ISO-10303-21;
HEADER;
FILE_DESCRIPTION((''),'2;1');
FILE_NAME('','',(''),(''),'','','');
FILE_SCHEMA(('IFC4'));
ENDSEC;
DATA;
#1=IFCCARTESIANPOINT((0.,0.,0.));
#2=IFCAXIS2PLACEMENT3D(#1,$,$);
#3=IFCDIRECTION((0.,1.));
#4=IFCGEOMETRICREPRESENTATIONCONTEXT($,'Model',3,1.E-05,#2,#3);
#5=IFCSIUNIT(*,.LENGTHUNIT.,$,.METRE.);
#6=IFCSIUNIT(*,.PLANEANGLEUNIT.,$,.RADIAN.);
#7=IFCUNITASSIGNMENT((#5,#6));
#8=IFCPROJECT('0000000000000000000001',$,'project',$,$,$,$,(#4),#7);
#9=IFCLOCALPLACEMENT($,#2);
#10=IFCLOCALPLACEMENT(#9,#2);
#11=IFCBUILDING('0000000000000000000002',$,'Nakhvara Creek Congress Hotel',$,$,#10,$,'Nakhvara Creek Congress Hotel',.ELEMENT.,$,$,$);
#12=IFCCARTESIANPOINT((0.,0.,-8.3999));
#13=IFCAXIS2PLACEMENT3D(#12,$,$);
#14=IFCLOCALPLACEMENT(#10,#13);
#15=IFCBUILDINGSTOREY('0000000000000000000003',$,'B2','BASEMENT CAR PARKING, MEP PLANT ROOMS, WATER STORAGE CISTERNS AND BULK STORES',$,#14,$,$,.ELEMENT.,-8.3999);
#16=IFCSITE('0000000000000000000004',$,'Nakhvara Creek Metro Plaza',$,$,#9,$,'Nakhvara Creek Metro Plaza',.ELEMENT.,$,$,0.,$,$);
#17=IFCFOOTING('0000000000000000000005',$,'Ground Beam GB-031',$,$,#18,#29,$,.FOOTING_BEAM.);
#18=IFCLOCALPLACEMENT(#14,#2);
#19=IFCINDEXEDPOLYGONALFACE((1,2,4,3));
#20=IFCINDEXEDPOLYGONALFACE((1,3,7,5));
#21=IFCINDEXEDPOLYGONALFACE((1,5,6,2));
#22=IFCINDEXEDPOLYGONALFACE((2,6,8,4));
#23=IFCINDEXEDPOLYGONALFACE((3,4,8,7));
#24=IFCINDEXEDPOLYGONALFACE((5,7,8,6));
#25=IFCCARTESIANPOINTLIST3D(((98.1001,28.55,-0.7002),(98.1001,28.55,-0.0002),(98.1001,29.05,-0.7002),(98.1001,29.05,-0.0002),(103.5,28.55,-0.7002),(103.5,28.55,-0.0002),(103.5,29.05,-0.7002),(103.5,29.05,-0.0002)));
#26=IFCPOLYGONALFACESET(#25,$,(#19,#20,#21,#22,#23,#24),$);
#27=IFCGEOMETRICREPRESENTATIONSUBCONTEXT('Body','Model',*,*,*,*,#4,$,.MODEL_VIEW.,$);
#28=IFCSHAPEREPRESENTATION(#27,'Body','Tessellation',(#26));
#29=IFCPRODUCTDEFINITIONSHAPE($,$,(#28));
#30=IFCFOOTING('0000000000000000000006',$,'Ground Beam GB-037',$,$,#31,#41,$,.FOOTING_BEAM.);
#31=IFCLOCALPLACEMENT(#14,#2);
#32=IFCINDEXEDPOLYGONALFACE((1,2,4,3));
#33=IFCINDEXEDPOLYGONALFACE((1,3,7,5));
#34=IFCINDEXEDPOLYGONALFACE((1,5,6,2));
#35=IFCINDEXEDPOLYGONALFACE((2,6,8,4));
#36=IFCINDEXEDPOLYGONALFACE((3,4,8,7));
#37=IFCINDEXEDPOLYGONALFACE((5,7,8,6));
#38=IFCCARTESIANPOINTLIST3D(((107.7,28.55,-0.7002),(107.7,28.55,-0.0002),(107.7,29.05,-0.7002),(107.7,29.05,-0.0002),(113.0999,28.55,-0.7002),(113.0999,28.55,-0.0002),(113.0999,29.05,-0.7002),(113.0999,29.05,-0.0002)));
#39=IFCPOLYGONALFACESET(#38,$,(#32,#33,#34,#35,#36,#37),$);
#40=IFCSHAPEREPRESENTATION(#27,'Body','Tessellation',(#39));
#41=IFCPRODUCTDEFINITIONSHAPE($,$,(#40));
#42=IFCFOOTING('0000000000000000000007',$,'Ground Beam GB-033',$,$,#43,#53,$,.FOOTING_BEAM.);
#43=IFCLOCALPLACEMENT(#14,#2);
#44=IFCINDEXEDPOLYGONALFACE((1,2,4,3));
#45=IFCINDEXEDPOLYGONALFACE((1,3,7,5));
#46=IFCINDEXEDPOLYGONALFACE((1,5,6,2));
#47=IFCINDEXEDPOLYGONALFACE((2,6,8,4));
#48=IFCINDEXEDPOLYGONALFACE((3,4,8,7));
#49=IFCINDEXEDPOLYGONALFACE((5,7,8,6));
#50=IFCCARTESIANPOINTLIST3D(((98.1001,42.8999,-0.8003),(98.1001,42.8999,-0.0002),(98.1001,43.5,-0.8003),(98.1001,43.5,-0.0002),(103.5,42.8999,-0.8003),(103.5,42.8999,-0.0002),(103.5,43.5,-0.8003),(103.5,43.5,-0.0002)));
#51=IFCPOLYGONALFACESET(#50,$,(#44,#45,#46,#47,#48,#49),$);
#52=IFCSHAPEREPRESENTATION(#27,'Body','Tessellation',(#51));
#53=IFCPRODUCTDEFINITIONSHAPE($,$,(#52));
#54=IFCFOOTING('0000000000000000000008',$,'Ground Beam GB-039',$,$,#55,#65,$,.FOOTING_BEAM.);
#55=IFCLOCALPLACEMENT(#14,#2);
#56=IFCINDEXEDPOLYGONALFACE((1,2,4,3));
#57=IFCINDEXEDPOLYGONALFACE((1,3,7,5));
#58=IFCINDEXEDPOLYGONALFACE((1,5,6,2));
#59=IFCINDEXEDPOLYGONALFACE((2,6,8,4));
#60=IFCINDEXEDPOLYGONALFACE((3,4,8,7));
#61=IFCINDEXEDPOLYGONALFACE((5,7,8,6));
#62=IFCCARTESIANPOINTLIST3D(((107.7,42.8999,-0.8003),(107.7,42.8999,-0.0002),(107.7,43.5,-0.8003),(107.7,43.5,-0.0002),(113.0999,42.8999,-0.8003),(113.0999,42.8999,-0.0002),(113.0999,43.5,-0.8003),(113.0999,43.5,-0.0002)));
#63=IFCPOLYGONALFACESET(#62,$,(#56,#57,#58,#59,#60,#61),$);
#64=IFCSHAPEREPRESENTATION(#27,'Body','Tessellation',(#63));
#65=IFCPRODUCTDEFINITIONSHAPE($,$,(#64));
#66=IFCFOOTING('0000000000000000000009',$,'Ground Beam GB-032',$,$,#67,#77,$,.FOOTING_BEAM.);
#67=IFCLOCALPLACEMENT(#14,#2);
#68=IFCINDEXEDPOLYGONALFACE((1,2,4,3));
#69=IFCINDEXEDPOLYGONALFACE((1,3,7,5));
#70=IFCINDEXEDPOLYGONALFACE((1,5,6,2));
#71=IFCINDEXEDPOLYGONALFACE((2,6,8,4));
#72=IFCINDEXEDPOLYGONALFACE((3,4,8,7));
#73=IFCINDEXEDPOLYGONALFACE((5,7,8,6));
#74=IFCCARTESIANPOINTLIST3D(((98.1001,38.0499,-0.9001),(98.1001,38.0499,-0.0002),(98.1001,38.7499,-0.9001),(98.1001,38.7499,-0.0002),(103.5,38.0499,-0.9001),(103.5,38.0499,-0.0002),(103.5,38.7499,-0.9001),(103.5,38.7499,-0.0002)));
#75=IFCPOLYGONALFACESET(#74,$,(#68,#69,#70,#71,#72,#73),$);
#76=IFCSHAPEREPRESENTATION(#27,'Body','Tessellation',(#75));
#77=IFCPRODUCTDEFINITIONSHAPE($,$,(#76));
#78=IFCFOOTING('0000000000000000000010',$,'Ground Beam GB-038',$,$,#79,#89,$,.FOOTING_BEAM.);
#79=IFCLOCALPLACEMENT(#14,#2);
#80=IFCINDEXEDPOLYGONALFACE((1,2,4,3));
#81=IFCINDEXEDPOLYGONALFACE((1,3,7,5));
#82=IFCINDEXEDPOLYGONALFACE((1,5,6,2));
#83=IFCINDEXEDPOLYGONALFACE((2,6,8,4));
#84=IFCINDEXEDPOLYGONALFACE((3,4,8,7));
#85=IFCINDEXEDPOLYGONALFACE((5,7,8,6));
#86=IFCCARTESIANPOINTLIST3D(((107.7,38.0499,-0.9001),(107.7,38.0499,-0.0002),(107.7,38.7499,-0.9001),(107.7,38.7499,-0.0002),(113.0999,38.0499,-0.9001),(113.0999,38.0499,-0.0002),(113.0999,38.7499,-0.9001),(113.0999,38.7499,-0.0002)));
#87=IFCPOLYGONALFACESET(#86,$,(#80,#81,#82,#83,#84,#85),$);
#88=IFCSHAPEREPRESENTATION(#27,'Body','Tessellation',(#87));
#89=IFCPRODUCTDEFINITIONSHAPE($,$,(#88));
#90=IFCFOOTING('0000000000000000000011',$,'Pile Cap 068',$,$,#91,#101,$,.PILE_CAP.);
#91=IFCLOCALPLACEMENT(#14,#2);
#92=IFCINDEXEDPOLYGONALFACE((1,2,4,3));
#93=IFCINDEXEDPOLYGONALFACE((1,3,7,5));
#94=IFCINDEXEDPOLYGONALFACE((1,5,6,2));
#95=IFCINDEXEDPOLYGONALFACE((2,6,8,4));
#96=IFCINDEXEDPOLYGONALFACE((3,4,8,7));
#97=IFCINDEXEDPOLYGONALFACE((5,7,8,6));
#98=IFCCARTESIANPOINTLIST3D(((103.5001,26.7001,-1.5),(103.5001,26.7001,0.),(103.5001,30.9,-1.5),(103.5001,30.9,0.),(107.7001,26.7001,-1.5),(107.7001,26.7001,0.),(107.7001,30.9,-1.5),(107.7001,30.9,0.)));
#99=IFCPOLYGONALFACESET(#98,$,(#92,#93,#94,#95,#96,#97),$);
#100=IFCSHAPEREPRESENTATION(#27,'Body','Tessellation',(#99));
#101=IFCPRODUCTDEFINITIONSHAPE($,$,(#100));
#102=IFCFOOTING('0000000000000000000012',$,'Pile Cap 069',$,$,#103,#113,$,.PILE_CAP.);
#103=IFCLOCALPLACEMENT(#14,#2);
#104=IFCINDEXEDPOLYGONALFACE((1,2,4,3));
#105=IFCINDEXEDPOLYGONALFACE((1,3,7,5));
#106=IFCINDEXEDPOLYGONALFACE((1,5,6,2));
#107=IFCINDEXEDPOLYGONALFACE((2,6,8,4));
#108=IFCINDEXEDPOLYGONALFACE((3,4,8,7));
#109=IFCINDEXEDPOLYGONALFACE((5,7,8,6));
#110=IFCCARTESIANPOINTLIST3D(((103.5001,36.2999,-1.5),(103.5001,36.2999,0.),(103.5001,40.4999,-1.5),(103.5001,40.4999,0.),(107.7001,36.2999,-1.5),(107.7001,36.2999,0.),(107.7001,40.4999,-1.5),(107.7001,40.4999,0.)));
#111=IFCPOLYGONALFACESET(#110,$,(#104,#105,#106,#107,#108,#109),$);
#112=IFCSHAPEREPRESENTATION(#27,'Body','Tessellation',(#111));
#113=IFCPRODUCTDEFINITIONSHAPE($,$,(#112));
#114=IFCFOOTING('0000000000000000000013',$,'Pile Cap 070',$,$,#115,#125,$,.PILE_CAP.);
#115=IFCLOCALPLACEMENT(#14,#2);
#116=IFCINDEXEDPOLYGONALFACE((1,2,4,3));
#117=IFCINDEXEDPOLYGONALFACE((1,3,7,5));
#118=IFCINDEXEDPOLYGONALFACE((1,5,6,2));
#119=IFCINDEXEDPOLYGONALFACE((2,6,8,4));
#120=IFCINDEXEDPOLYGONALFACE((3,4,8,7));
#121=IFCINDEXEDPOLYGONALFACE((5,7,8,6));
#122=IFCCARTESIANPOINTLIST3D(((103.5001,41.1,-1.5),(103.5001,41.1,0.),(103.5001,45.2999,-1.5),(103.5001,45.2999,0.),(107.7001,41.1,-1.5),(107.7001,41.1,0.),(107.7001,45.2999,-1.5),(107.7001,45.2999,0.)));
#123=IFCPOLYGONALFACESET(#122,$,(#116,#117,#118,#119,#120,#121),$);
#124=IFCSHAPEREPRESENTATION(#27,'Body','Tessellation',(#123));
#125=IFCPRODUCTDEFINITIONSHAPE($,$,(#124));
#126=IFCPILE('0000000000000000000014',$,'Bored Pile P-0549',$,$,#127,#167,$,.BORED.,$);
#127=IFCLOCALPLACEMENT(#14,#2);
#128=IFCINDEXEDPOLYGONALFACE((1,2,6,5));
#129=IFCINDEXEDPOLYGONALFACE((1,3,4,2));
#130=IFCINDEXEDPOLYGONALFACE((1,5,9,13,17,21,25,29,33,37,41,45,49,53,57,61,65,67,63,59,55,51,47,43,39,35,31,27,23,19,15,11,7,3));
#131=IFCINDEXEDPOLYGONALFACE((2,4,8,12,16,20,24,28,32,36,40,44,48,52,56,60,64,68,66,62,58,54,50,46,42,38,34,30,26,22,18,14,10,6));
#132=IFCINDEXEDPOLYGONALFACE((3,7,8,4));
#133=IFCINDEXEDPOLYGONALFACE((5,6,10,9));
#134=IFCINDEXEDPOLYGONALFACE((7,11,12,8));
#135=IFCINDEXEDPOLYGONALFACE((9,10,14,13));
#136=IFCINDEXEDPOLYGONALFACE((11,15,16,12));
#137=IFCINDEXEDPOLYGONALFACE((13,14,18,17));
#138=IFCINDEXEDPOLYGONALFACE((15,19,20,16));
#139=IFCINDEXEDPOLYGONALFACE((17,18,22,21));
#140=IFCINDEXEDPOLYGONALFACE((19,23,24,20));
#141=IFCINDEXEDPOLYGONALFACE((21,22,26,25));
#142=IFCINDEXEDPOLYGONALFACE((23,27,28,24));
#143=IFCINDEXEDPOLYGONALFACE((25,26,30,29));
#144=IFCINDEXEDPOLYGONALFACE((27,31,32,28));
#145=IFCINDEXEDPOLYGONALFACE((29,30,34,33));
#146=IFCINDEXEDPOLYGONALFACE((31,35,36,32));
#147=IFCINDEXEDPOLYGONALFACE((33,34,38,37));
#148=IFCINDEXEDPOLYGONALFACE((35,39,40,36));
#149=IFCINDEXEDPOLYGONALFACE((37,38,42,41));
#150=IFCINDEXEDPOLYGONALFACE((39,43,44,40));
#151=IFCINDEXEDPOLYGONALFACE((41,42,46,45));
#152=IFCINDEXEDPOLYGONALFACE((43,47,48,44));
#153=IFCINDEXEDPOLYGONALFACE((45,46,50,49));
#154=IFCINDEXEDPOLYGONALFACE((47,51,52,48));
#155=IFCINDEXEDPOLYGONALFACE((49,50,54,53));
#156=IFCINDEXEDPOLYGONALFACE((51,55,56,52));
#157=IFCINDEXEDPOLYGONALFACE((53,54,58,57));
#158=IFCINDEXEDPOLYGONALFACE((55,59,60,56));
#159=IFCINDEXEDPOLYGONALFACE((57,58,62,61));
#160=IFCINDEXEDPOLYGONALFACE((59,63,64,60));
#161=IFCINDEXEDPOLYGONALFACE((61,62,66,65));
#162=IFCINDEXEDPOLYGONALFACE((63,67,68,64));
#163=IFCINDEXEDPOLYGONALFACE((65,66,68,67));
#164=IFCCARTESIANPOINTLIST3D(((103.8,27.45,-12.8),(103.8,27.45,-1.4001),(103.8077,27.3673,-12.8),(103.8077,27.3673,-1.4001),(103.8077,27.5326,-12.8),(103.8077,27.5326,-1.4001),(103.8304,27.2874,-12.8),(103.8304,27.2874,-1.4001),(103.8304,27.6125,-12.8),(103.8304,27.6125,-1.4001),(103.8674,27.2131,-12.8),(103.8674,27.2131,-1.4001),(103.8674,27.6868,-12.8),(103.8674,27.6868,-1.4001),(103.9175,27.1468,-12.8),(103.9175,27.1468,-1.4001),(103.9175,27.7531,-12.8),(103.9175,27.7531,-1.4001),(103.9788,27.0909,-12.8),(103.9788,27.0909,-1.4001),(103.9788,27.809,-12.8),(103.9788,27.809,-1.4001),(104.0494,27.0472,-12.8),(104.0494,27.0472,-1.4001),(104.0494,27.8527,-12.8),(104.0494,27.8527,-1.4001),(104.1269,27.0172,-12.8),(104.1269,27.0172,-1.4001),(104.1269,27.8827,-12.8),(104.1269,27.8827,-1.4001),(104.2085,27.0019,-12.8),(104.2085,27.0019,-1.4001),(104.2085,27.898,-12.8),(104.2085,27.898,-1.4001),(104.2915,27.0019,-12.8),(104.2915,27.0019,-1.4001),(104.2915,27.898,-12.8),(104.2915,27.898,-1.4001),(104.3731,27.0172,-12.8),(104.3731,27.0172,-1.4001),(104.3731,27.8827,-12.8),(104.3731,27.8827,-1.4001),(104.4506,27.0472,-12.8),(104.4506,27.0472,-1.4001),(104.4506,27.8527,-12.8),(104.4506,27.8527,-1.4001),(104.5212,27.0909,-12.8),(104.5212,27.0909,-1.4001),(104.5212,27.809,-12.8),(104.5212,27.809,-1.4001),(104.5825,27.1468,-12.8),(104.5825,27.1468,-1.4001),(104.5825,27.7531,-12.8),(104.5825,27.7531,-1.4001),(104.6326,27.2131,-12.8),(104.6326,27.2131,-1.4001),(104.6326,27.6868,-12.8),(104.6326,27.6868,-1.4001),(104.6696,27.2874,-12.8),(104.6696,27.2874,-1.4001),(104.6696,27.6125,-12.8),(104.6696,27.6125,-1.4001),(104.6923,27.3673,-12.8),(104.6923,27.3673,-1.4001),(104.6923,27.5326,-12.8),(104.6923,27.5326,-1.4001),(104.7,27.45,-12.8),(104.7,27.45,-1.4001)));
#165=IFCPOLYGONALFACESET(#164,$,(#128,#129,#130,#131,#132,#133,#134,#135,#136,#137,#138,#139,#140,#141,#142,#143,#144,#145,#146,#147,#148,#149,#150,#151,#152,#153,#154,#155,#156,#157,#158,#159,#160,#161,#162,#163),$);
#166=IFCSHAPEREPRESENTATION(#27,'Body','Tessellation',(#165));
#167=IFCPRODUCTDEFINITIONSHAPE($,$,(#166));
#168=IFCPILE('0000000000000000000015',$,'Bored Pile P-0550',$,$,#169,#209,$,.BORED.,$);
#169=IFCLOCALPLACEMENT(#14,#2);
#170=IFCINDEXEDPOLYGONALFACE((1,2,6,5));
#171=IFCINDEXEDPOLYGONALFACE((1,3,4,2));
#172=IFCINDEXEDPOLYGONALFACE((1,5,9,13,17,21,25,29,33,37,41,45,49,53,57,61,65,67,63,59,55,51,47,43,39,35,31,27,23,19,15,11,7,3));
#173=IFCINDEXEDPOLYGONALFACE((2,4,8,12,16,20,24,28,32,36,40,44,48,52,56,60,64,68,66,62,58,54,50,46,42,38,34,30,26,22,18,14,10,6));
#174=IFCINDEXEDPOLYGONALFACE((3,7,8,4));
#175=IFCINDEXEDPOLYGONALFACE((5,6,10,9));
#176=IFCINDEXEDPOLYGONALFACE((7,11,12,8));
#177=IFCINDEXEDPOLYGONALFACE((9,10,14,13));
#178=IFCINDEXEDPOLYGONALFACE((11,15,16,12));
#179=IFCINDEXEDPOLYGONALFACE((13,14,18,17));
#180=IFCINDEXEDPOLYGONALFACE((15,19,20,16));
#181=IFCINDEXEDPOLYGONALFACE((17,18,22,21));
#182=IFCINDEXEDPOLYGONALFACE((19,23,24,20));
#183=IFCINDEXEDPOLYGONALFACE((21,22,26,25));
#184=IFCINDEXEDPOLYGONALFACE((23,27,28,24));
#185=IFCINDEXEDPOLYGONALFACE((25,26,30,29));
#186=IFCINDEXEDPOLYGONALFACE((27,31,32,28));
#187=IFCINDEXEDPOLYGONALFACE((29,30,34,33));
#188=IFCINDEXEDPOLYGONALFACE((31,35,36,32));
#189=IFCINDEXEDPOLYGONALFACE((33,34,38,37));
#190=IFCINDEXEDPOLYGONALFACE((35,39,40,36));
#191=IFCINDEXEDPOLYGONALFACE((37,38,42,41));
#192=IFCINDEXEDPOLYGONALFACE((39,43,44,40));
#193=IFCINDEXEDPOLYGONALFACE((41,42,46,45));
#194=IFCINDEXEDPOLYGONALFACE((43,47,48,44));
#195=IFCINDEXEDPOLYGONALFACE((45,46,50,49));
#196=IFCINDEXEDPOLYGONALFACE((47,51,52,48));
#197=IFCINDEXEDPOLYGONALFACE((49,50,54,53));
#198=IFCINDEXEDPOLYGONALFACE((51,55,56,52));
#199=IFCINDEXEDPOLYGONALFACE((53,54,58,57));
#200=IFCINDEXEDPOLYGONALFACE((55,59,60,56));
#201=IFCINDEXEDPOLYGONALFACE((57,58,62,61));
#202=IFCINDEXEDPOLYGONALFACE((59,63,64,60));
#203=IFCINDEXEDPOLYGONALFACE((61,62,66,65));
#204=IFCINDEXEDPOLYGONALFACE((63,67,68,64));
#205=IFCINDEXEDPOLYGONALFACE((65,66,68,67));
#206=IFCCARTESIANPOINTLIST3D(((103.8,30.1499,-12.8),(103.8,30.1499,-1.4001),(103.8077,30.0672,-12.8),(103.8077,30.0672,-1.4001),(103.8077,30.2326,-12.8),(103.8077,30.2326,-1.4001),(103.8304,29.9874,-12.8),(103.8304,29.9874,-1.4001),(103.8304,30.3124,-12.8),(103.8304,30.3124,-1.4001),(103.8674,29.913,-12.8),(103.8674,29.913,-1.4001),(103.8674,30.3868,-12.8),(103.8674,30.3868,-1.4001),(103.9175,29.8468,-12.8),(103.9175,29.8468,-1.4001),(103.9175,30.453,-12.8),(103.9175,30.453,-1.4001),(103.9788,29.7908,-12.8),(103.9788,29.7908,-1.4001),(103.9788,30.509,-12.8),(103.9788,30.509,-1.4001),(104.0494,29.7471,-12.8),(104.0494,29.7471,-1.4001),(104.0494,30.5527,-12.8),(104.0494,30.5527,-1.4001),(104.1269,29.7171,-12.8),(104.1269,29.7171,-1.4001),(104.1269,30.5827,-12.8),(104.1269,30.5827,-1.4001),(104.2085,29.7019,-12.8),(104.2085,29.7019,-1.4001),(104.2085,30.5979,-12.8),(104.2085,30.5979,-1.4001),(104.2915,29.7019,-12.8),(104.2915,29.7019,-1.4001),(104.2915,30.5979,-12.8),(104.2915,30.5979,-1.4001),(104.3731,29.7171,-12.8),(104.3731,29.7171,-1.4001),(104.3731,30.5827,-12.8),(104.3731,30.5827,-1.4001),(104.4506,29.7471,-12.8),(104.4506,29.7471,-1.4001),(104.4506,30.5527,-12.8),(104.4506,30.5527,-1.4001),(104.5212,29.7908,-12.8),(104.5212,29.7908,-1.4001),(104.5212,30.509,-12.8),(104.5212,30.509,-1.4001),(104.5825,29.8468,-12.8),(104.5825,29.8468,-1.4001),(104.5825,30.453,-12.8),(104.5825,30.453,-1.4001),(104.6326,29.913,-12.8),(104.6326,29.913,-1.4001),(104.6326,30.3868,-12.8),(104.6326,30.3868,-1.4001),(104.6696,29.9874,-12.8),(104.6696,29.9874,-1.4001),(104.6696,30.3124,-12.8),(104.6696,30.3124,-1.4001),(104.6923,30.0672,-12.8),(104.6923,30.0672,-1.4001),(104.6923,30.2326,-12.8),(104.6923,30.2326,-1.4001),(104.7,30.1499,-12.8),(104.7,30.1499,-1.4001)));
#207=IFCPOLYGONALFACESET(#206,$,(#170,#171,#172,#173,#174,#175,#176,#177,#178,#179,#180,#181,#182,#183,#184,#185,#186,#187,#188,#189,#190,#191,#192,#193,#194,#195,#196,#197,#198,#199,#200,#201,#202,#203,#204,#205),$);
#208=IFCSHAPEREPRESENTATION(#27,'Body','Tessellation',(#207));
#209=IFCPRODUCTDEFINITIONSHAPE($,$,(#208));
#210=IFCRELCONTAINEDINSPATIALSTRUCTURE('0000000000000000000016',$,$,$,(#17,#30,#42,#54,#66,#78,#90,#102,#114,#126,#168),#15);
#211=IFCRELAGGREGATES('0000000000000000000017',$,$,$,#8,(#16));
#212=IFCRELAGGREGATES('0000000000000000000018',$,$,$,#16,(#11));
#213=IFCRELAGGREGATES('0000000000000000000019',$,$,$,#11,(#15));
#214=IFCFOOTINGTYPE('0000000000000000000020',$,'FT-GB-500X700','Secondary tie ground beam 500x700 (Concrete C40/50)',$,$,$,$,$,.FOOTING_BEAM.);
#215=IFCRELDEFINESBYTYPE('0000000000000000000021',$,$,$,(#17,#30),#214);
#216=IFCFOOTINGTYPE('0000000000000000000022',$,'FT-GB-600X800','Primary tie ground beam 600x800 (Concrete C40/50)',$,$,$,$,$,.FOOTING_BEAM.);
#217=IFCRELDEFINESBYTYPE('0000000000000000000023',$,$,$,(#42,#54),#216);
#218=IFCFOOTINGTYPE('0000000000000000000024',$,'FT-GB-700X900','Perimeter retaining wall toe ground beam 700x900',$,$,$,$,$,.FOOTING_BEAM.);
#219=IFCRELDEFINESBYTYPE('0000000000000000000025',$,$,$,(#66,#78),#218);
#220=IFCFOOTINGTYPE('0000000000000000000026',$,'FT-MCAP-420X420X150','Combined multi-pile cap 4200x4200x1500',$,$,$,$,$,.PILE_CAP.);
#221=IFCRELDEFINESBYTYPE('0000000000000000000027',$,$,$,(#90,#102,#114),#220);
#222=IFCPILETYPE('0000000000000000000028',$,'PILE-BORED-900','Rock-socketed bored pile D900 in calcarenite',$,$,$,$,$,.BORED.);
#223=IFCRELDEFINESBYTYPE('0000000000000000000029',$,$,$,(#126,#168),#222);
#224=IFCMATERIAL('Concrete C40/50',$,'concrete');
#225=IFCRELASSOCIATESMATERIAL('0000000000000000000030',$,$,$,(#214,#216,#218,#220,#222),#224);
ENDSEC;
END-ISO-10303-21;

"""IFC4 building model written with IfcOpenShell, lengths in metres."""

from ifc_helpers import new_model, si_unit, direction, frame, origin, origin_2d, place, context, subcontext, project, spatial, rectangle, circle, extrude, material, material_profile, profile_set, type_object, element, save


model = new_model("IFC4")

# Units and contexts
model_context = context("Model", 3, precision=1e-05, world=origin(), true_north=direction((0.0, 1.0)))
body_context = subcontext(model_context, "Body", "Model", "MODEL_VIEW")
ifc_project = project(units=[si_unit("LENGTHUNIT", "METRE"), si_unit("PLANEANGLEUNIT", "RADIAN")], contexts=[model_context])

# Site, building, storey
site_placement = place(None, origin())
site = spatial("IfcSite", under=ifc_project, at=site_placement, Name="Nakhvara Creek Metro Plaza", LongName="Nakhvara Creek Metro Plaza", CompositionType="ELEMENT", RefElevation=0.0)
building_placement = place(site_placement, origin())
building = spatial("IfcBuilding", under=site, at=building_placement, Name="Nakhvara Creek Congress Hotel", LongName="Nakhvara Creek Congress Hotel", CompositionType="ELEMENT")
storey_placement = place(building_placement, frame((0.0, 0.0, -8.3999)))
storey = spatial("IfcBuildingStorey", under=building, at=storey_placement, Name="B2", Description="BASEMENT CAR PARKING, MEP PLANT ROOMS, WATER STORAGE CISTERNS AND BULK STORES", CompositionType="ELEMENT", Elevation=-8.3999)

# Footings
ifc_material_1 = material(Name="Concrete C40/50", Category="concrete")
footing_type_1 = type_object("IfcFootingType", Name="FT-GB-500X700", Description="Secondary tie ground beam 500x700 (Concrete C40/50)", PredefinedType="FOOTING_BEAM", material=ifc_material_1)
for number, where, z_axis, x_axis, name in (
    (1, (100.8, 28.8, -0.7002), (0.0, 0.0, 1.0), (1.0, 0.0, 0.0), "Ground Beam GB-031"),
    (2, (110.3999, 28.8, -0.7002), (0.0, 0.0, 1.0), (1.0, 0.0, 0.0), "Ground Beam GB-037"),
):
    element("IfcFooting", number, at=place(storey_placement, frame(where, z_axis=z_axis, x_axis=x_axis)), inside=storey, type_object=footing_type_1, Name=name, PredefinedType="FOOTING_BEAM", context=body_context, shape_type="SweptSolid", body=[
        extrude(rectangle(XDim=5.3999, YDim=0.5, at=origin_2d()), origin(), (0.0, 0.0, 1.0), 0.7),
    ])
footing_type_2 = type_object("IfcFootingType", Name="FT-GB-600X800", Description="Primary tie ground beam 600x800 (Concrete C40/50)", PredefinedType="FOOTING_BEAM", material=ifc_material_1)
for number, where, z_axis, x_axis, name in (
    (3, (100.8, 43.2, -0.8003), (0.0, 0.0, 1.0), (1.0, 0.0, 0.0), "Ground Beam GB-033"),
    (4, (110.3999, 43.2, -0.8003), (0.0, 0.0, 1.0), (1.0, 0.0, 0.0), "Ground Beam GB-039"),
):
    element("IfcFooting", number, at=place(storey_placement, frame(where, z_axis=z_axis, x_axis=x_axis)), inside=storey, type_object=footing_type_2, Name=name, PredefinedType="FOOTING_BEAM", context=body_context, shape_type="SweptSolid", body=[
        extrude(rectangle(XDim=5.3999, YDim=0.6001, at=origin_2d()), origin(), (0.0, 0.0, 1.0), 0.8),
    ])
footing_type_3 = type_object("IfcFootingType", Name="FT-GB-700X900", Description="Perimeter retaining wall toe ground beam 700x900", PredefinedType="FOOTING_BEAM", material=ifc_material_1)
for number, where, z_axis, x_axis, name in (
    (5, (100.8, 38.3999, -0.9001), (0.0, 0.0, 1.0), (1.0, 0.0, 0.0), "Ground Beam GB-032"),
    (6, (110.3999, 38.3999, -0.9001), (0.0, 0.0, 1.0), (1.0, 0.0, 0.0), "Ground Beam GB-038"),
):
    element("IfcFooting", number, at=place(storey_placement, frame(where, z_axis=z_axis, x_axis=x_axis)), inside=storey, type_object=footing_type_3, Name=name, PredefinedType="FOOTING_BEAM", context=body_context, shape_type="SweptSolid", body=[
        extrude(rectangle(XDim=5.3999, YDim=0.7, at=origin_2d()), origin(), (0.0, 0.0, 1.0), 0.8999),
    ])
footing_type_4 = type_object("IfcFootingType", Name="FT-MCAP-420X420X150", Description="Combined multi-pile cap 4200x4200x1500", PredefinedType="PILE_CAP", material=ifc_material_1)
for number, where, z_axis, x_axis, name in (
    (7, (105.6001, 28.8, -1.5), (0.0, 0.0, 1.0), (1.0, 0.0, 0.0), "Pile Cap 068"),
    (8, (105.6001, 38.3999, -1.5), (0.0, 0.0, 1.0), (1.0, 0.0, 0.0), "Pile Cap 069"),
    (9, (105.6001, 43.2, -1.5), (0.0, 0.0, 1.0), (1.0, 0.0, 0.0), "Pile Cap 070"),
):
    element("IfcFooting", number, at=place(storey_placement, frame(where, z_axis=z_axis, x_axis=x_axis)), inside=storey, type_object=footing_type_4, Name=name, PredefinedType="PILE_CAP", context=body_context, shape_type="SweptSolid", body=[
        extrude(rectangle(XDim=4.2, YDim=4.2, at=origin_2d()), origin(), (0.0, 0.0, 1.0), 1.5),
    ])

# Piles
ifc_material_profile_1 = material_profile(ifc_material_1, circle(Radius=0.45, at=origin_2d()), Name="BORED PILE D900", Category="LoadBearing")
ifc_profile_set_1 = profile_set([ifc_material_profile_1], Name="Concrete C40/50")
pile_type = type_object("IfcPileType", Name="PILE-BORED-900", Description="Rock-socketed bored pile D900 in calcarenite", PredefinedType="BORED", material=ifc_profile_set_1)
for number, where, z_axis, x_axis, name in (
    (10, (104.25, 27.45, -1.4001), (0.0, 0.0, -1.0), (1.0, 0.0, 0.0), "Bored Pile P-0549"),
    (11, (104.25, 30.1499, -1.4001), (0.0, 0.0, -1.0), (1.0, 0.0, 0.0), "Bored Pile P-0550"),
):
    element("IfcPile", number, at=place(storey_placement, frame(where, z_axis=z_axis, x_axis=x_axis)), inside=storey, type_object=pile_type, Name=name, PredefinedType="BORED", context=body_context, shape_type="SweptSolid", body=[
        extrude(circle(Radius=0.45, at=origin_2d()), origin(), (0.0, 0.0, 1.0), 11.3999),
    ])

save(model, "model.ifc")
